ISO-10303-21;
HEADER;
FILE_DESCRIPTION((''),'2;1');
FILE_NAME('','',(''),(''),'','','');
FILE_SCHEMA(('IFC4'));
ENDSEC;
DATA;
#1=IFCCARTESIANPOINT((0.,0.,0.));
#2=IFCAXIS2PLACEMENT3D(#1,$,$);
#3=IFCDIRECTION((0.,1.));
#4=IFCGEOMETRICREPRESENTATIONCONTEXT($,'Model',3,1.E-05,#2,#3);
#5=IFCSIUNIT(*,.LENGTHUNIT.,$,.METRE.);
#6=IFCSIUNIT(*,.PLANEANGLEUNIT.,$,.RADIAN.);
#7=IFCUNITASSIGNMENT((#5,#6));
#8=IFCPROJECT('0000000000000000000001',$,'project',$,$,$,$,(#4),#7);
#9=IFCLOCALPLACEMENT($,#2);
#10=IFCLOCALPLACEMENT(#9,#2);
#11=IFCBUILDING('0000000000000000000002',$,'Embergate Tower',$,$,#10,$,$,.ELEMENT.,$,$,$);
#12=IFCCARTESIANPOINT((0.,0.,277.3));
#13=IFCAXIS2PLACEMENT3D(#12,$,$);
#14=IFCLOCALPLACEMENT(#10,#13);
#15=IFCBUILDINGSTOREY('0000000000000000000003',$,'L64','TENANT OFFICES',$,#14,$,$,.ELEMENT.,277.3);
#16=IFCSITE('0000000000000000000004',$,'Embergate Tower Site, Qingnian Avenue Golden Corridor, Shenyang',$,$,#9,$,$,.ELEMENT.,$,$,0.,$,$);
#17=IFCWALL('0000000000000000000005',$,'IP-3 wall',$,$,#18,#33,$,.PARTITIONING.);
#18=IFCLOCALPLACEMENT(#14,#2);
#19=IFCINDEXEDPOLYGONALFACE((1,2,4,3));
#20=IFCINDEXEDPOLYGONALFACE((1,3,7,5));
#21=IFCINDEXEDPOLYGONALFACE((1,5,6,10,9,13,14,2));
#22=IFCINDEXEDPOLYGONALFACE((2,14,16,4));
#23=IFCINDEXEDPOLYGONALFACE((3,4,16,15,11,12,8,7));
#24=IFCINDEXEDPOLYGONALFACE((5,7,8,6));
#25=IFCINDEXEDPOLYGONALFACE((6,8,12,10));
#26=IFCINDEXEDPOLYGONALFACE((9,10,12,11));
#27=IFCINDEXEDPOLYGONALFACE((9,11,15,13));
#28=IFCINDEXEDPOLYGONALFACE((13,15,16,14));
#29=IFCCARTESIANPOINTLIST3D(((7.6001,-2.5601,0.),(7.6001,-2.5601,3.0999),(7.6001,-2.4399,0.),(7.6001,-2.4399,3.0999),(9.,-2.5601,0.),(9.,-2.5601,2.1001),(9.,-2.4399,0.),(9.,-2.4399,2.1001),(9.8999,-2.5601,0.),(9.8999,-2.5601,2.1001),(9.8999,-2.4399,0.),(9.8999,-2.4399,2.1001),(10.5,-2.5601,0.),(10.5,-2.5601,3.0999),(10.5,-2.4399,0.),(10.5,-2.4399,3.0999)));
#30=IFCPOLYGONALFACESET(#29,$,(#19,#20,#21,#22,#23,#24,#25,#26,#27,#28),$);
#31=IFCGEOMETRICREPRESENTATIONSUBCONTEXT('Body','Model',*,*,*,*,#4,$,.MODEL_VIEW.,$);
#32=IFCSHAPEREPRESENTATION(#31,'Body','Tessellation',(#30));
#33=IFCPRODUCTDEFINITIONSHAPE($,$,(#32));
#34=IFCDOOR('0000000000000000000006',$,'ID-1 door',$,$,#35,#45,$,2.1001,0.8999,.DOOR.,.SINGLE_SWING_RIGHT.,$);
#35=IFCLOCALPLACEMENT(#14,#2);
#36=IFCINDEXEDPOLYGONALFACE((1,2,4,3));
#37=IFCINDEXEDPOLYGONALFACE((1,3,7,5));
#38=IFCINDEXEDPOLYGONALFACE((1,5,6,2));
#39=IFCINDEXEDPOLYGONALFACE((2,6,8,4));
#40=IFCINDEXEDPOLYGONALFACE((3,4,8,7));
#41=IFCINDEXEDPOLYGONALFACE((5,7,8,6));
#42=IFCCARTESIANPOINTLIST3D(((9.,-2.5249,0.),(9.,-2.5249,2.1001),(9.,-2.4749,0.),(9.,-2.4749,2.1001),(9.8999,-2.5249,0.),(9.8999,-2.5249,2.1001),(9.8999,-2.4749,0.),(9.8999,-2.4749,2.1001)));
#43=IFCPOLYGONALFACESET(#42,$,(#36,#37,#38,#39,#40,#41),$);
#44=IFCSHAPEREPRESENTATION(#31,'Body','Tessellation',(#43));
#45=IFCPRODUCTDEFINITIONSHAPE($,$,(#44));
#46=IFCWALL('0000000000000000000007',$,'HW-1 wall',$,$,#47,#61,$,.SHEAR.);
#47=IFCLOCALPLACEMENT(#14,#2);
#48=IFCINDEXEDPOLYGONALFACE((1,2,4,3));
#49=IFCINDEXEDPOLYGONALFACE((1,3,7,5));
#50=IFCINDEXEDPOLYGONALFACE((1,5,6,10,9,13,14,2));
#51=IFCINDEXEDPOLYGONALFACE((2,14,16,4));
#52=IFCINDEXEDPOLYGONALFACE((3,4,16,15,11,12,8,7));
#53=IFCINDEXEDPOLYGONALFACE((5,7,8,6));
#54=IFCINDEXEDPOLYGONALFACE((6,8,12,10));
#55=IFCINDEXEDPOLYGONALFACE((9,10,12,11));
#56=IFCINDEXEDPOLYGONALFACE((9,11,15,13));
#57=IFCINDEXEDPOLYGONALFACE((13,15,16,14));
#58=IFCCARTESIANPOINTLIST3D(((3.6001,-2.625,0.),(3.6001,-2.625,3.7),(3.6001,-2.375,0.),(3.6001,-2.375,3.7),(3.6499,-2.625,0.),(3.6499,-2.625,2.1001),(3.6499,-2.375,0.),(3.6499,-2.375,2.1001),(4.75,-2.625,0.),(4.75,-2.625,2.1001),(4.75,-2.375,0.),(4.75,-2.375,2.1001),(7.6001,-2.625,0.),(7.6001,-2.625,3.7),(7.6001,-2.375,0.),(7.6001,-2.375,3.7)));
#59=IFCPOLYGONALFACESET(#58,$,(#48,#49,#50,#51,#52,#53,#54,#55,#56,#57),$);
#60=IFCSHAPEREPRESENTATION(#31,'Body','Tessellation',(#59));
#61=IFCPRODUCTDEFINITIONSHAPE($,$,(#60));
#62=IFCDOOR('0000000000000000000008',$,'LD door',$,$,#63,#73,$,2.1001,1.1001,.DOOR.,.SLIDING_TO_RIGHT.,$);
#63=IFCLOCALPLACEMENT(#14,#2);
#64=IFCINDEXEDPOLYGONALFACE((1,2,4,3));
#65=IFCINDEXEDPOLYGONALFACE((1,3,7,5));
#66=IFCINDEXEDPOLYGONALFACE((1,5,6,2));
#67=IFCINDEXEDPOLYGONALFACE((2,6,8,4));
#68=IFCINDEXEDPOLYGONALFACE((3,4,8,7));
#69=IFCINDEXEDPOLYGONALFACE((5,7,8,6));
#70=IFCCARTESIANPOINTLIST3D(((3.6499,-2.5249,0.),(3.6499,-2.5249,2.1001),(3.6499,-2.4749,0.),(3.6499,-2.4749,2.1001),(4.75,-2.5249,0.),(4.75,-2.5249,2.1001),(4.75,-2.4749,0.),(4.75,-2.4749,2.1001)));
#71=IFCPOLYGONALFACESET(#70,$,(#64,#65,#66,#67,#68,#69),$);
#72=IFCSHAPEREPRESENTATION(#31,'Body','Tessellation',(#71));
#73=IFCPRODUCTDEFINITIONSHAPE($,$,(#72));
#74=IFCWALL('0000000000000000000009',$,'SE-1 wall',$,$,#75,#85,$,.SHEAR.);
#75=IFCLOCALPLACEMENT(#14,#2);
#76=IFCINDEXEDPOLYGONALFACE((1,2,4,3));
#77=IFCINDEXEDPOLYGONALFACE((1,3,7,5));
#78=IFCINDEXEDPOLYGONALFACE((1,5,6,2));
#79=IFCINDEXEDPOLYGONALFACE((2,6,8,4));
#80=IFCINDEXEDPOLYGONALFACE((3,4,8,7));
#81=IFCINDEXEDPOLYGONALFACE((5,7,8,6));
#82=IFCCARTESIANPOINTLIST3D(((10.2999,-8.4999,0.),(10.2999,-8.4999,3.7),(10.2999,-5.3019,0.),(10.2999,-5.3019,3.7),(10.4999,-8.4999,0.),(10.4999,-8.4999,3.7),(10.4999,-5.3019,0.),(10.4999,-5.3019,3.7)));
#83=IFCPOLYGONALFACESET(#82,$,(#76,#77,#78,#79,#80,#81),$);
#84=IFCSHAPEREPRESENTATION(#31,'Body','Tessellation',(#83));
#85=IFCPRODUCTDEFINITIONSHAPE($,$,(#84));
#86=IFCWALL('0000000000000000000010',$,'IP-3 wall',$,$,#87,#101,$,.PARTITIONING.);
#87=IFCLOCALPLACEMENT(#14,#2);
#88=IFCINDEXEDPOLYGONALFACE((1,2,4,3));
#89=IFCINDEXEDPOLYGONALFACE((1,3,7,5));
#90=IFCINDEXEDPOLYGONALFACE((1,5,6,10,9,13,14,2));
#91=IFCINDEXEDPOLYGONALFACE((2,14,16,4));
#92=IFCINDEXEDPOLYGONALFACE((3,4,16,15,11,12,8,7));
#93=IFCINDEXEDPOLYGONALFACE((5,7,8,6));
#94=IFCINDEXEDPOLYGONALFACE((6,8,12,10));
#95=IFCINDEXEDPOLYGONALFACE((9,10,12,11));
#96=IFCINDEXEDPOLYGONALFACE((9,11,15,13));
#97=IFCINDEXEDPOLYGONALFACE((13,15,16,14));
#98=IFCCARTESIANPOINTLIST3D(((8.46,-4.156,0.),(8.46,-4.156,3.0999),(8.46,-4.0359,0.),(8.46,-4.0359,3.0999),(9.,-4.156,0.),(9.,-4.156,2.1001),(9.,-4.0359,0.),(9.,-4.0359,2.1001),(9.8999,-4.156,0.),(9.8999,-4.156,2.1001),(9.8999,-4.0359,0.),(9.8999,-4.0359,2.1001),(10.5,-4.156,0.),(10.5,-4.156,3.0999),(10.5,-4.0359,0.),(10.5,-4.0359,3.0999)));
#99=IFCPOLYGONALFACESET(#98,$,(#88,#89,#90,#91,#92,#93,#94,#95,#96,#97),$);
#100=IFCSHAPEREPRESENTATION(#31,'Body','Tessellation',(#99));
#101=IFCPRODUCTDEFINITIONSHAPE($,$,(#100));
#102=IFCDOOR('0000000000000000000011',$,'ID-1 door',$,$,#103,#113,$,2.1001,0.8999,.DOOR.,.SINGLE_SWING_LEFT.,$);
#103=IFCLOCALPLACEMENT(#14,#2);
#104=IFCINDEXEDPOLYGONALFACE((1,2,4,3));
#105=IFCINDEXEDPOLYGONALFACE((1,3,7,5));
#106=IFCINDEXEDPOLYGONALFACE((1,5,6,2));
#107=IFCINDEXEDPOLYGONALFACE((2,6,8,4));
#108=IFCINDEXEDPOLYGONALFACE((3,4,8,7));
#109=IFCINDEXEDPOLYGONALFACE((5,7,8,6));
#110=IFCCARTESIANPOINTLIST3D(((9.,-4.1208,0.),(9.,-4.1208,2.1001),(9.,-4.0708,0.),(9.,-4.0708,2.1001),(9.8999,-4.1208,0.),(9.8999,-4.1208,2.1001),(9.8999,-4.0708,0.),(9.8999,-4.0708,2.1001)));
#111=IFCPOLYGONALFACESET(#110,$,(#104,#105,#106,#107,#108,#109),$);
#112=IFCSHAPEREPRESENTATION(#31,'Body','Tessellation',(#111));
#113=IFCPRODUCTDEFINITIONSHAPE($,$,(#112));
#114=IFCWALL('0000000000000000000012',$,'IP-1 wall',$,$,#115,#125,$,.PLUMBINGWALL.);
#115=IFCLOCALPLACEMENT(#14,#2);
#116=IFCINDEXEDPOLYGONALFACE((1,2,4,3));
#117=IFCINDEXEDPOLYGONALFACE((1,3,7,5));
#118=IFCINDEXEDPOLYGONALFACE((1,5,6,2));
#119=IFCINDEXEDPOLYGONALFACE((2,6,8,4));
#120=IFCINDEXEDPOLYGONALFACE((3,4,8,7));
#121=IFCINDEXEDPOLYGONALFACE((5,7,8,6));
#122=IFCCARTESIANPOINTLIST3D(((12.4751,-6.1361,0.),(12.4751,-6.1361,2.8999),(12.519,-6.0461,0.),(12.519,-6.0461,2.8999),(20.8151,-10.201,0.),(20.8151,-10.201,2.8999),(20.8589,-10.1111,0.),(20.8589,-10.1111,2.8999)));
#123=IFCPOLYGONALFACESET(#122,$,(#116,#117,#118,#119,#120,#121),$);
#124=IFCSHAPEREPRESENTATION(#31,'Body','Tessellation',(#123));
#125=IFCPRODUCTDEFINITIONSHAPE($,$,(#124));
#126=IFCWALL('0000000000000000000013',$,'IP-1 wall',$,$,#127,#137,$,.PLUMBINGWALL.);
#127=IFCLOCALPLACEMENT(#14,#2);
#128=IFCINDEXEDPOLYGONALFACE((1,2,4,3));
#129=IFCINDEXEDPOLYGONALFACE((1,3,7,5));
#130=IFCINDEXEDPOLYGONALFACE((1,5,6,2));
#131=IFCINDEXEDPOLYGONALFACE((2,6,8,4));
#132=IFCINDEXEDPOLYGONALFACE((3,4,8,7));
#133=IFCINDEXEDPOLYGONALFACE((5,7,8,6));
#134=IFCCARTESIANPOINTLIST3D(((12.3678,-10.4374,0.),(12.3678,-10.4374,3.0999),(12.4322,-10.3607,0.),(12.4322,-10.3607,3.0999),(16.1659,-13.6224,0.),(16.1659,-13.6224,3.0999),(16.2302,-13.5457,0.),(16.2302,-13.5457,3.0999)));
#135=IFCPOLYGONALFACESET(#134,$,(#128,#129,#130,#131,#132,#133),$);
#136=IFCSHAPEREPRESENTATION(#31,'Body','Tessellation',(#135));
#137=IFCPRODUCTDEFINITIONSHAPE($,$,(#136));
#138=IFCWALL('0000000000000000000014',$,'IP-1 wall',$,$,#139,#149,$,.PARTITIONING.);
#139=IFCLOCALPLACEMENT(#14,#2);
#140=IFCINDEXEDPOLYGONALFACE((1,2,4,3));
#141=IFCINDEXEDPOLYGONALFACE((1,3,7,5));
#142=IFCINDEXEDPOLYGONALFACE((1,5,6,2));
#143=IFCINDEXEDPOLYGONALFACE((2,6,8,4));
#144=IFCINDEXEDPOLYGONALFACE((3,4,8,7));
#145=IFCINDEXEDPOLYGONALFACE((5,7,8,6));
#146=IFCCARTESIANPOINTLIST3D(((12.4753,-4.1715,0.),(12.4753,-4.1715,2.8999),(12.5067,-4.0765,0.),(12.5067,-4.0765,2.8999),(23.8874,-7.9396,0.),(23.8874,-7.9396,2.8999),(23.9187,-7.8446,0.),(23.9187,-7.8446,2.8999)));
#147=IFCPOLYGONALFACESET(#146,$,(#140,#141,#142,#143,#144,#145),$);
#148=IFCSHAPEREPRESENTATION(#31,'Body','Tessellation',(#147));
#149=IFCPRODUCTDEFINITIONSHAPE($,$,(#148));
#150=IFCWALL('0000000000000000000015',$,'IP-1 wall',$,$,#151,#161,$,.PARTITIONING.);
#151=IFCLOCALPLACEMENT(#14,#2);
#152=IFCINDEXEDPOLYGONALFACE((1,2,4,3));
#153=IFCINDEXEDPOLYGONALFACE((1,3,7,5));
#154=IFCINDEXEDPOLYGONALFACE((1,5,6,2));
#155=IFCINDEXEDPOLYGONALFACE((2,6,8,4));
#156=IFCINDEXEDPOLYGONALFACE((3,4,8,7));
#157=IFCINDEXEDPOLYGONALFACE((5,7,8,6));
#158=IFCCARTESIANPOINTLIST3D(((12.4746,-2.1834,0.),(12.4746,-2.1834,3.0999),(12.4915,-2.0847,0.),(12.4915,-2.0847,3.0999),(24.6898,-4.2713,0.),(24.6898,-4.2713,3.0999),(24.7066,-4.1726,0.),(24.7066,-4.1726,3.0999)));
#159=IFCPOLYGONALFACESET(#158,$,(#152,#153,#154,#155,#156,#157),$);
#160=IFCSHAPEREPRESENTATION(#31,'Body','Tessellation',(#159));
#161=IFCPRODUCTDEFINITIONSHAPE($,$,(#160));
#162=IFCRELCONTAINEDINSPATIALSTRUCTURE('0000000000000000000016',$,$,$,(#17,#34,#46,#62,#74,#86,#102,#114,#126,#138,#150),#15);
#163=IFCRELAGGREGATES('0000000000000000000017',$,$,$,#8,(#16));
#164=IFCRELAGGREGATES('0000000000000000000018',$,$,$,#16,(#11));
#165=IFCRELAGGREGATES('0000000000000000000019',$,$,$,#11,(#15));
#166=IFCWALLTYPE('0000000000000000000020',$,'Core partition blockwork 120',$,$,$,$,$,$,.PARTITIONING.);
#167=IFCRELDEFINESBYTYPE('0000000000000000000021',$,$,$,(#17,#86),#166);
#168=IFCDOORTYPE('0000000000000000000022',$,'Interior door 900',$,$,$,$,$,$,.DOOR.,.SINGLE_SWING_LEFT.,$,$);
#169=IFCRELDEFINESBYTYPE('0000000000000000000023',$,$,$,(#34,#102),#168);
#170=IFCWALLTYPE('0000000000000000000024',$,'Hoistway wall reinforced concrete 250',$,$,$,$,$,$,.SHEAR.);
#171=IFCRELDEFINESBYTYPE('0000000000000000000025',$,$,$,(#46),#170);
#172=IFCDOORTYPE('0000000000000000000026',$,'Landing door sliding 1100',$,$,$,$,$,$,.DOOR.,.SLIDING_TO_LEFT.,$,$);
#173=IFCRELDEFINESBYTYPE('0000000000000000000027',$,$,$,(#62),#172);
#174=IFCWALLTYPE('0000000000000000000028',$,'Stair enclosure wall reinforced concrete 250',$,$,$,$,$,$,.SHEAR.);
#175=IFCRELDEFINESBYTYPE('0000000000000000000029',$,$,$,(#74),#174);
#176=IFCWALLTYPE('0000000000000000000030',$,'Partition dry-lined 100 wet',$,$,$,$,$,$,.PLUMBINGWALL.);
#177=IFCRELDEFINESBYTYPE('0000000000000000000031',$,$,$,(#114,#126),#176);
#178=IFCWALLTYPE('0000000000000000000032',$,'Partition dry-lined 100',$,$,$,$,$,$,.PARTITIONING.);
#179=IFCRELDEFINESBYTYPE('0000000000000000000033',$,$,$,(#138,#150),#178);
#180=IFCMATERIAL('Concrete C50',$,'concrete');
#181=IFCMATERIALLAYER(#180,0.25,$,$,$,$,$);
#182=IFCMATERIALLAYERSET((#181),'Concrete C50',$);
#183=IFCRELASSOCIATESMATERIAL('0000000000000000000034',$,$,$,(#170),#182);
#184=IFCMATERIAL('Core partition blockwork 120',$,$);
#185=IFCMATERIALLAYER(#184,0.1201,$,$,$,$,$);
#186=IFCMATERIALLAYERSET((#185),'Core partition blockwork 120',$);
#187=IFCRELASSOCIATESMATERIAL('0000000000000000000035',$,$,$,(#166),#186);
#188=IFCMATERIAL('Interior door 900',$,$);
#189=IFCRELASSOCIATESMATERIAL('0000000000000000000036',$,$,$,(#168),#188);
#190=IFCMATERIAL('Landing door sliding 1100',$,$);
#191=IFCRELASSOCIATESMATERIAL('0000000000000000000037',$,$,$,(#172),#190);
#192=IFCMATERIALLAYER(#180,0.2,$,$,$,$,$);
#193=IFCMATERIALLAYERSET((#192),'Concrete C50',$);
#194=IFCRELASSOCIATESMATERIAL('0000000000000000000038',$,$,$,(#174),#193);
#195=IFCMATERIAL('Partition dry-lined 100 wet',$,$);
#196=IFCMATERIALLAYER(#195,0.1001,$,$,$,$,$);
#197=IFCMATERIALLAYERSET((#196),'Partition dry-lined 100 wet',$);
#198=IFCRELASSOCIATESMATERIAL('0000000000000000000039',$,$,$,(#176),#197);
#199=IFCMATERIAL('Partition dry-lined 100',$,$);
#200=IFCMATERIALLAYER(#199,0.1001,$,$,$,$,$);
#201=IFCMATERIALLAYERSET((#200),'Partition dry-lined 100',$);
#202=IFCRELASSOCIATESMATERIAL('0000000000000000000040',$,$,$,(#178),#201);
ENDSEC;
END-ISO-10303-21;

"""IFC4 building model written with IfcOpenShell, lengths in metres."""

from ifc_helpers import new_model, si_unit, direction, frame, frame_2d, origin, place, context, subcontext, project, spatial, rectangle, extrude, source, transform, mapped, material, layer, layer_set, type_object, element, fill, save


model = new_model("IFC4")

# Units and contexts
model_context = context("Model", 3, precision=1e-05, world=origin(), true_north=direction((0.0, 1.0)))
body_context = subcontext(model_context, "Body", "Model", "MODEL_VIEW")
ifc_project = project(units=[si_unit("LENGTHUNIT", "METRE"), si_unit("PLANEANGLEUNIT", "RADIAN")], contexts=[model_context])

# Site, building, storey
site_placement = place(None, origin())
site = spatial("IfcSite", under=ifc_project, at=site_placement, Name="Embergate Tower Site, Qingnian Avenue Golden Corridor, Shenyang", CompositionType="ELEMENT", RefElevation=0.0)
building_placement = place(site_placement, origin())
building = spatial("IfcBuilding", under=site, at=building_placement, Name="Embergate Tower", CompositionType="ELEMENT")
storey_placement = place(building_placement, frame((0.0, 0.0, 277.3)))
storey = spatial("IfcBuildingStorey", under=building, at=storey_placement, Name="L64", Description="TENANT OFFICES", CompositionType="ELEMENT", Elevation=277.3)

# Shared definitions
ifc_material_1 = material(Name="Concrete C50", Category="concrete")

# Shared definitions
ifc_layer_1 = layer(ifc_material_1, 0.25)
ifc_layer_set_1 = layer_set([ifc_layer_1], Name="Concrete C50")
wall_type_1 = type_object("IfcWallType", Name="Hoistway wall reinforced concrete 250", PredefinedType="SHEAR", material=ifc_layer_set_1)

# Walls, openings, doors
ifc_material_2 = material(Name="Core partition blockwork 120")
ifc_layer_2 = layer(ifc_material_2, 0.1201)
ifc_layer_set_2 = layer_set([ifc_layer_2], Name="Core partition blockwork 120")
wall_type_2 = type_object("IfcWallType", Name="Core partition blockwork 120", PredefinedType="PARTITIONING", material=ifc_layer_set_2)
shared_shape_1 = source(origin(), body_context, "Body", "SweptSolid", [
    extrude(rectangle(XDim=0.8999, YDim=2.1001, at=frame_2d((0.45, 1.05))), frame((0.0, 0.0701, 0.0), z_axis=(0.0, -1.0, 0.0), x_axis=(1.0, 0.0, 0.0)), (0.0, 0.0, 1.0), 0.1401),
])
ifc_material_3 = material(Name="Interior door 900")
door_type_1 = type_object("IfcDoorType", Name="Interior door 900", OperationType="SINGLE_SWING_LEFT", PredefinedType="DOOR", material=ifc_material_3)
shared_shape_2 = source(origin(), body_context, "Body", "SweptSolid", [
    extrude(rectangle(XDim=0.8999, YDim=2.1001, at=frame_2d((0.45, 1.05))), frame((0.0, 0.0249, 0.0), z_axis=(0.0, -1.0, 0.0), x_axis=(1.0, 0.0, 0.0)), (0.0, 0.0, 1.0), 0.05),
])
shared_shape_3 = source(origin(), body_context, "Body", "SweptSolid", [
    extrude(rectangle(XDim=2.8999, YDim=0.1201, at=frame_2d((1.45, 0.0))), origin(), (0.0, 0.0, 1.0), 3.0999),
])
wall_1_placement = place(storey_placement, frame((10.5, -2.5, 0.0), z_axis=(0.0, 0.0, 1.0), x_axis=(-1.0, 0.0, 0.0)))
wall_1 = element("IfcWall", 1, at=wall_1_placement, inside=storey, type_object=wall_type_2, Name="IP-3 wall", PredefinedType="PARTITIONING", context=body_context, shape_type="MappedRepresentation", body=[
    mapped(shared_shape_3, transform((0.0, 0.0, 0.0))),
])
opening_1_placement = place(wall_1_placement, frame((0.6001, 0.0, 0.0)))
opening_1 = element("IfcOpeningElement", 2, at=opening_1_placement, cuts=wall_1, PredefinedType="OPENING", context=body_context, shape_type="MappedRepresentation", body=[
    mapped(shared_shape_1, transform((0.0, 0.0, 0.0))),
])
door_1_placement = place(opening_1_placement, origin())
door_1 = element("IfcDoor", 3, at=door_1_placement, inside=storey, type_object=door_type_1, Name="ID-1 door", OperationType="SINGLE_SWING_RIGHT", OverallHeight=2.1001, OverallWidth=0.8999, PredefinedType="DOOR", context=body_context, shape_type="MappedRepresentation", body=[
    mapped(shared_shape_2, transform((0.0, 0.0, 0.0))),
])
fill(opening_1, door_1)
shared_shape_4 = source(origin(), body_context, "Body", "SweptSolid", [
    extrude(rectangle(XDim=4.0, YDim=0.25, at=frame_2d((2.0, 0.0))), origin(), (0.0, 0.0, 1.0), 3.7),
])
wall_2_placement = place(storey_placement, frame((7.6001, -2.5, 0.0), z_axis=(0.0, 0.0, 1.0), x_axis=(-1.0, 0.0, 0.0)))
wall_2 = element("IfcWall", 4, at=wall_2_placement, inside=storey, type_object=wall_type_1, Name="HW-1 wall", PredefinedType="SHEAR", context=body_context, shape_type="MappedRepresentation", body=[
    mapped(shared_shape_4, transform((0.0, 0.0, 0.0))),
])
shared_shape_5 = source(origin(), body_context, "Body", "SweptSolid", [
    extrude(rectangle(XDim=1.1001, YDim=2.1001, at=frame_2d((0.55, 1.05))), frame((0.0, 0.135, 0.0), z_axis=(0.0, -1.0, 0.0), x_axis=(1.0, 0.0, 0.0)), (0.0, 0.0, 1.0), 0.27),
])
opening_2_placement = place(wall_2_placement, frame((2.8501, 0.0, 0.0)))
opening_2 = element("IfcOpeningElement", 5, at=opening_2_placement, cuts=wall_2, PredefinedType="OPENING", context=body_context, shape_type="MappedRepresentation", body=[
    mapped(shared_shape_5, transform((0.0, 0.0, 0.0))),
])
ifc_material_4 = material(Name="Landing door sliding 1100")
door_type_2 = type_object("IfcDoorType", Name="Landing door sliding 1100", OperationType="SLIDING_TO_LEFT", PredefinedType="DOOR", material=ifc_material_4)
shared_shape_6 = source(origin(), body_context, "Body", "SweptSolid", [
    extrude(rectangle(XDim=1.1001, YDim=2.1001, at=frame_2d((0.55, 1.05))), frame((0.0, 0.0249, 0.0), z_axis=(0.0, -1.0, 0.0), x_axis=(1.0, 0.0, 0.0)), (0.0, 0.0, 1.0), 0.05),
])
door_2_placement = place(opening_2_placement, origin())
door_2 = element("IfcDoor", 6, at=door_2_placement, inside=storey, type_object=door_type_2, Name="LD door", OperationType="SLIDING_TO_RIGHT", OverallHeight=2.1001, OverallWidth=1.1001, PredefinedType="DOOR", context=body_context, shape_type="MappedRepresentation", body=[
    mapped(shared_shape_6, transform((0.0, 0.0, 0.0))),
])
fill(opening_2, door_2)

# Wall
ifc_layer_3 = layer(ifc_material_1, 0.2)
ifc_layer_set_3 = layer_set([ifc_layer_3], Name="Concrete C50")
wall_type_3 = type_object("IfcWallType", Name="Stair enclosure wall reinforced concrete 250", PredefinedType="SHEAR", material=ifc_layer_set_3)
shared_shape_7 = source(origin(), body_context, "Body", "SweptSolid", [
    extrude(rectangle(XDim=3.198, YDim=0.2, at=frame_2d((1.5991, 0.0))), origin(), (0.0, 0.0, 1.0), 3.7),
])
wall_3_placement = place(storey_placement, frame((10.3999, -8.5, 0.0), z_axis=(0.0, 0.0, 1.0), x_axis=(0.0, 1.0, 0.0)))
element("IfcWall", 7, at=wall_3_placement, inside=storey, type_object=wall_type_3, Name="SE-1 wall", PredefinedType="SHEAR", context=body_context, shape_type="MappedRepresentation", body=[
    mapped(shared_shape_7, transform((0.0, 0.0, 0.0))),
])

# Wall, opening, door
shared_shape_8 = source(origin(), body_context, "Body", "SweptSolid", [
    extrude(rectangle(XDim=2.04, YDim=0.1201, at=frame_2d((1.02, 0.0))), origin(), (0.0, 0.0, 1.0), 3.0999),
])
wall_4_placement = place(storey_placement, frame((10.5, -4.0959, 0.0), z_axis=(0.0, 0.0, 1.0), x_axis=(-1.0, 0.0, 0.0)))
wall_4 = element("IfcWall", 8, at=wall_4_placement, inside=storey, type_object=wall_type_2, Name="IP-3 wall", PredefinedType="PARTITIONING", context=body_context, shape_type="MappedRepresentation", body=[
    mapped(shared_shape_8, transform((0.0, 0.0, 0.0))),
])
opening_3_placement = place(wall_4_placement, frame((0.6001, 0.0, 0.0)))
opening_3 = element("IfcOpeningElement", 9, at=opening_3_placement, cuts=wall_4, PredefinedType="OPENING", context=body_context, shape_type="MappedRepresentation", body=[
    mapped(shared_shape_1, transform((0.0, 0.0, 0.0))),
])
door_3_placement = place(opening_3_placement, origin())
door_3 = element("IfcDoor", 10, at=door_3_placement, inside=storey, type_object=door_type_1, Name="ID-1 door", OperationType="SINGLE_SWING_LEFT", OverallHeight=2.1001, OverallWidth=0.8999, PredefinedType="DOOR", context=body_context, shape_type="MappedRepresentation", body=[
    mapped(shared_shape_2, transform((0.0, 0.0, 0.0))),
])
fill(opening_3, door_3)

# Walls
ifc_material_5 = material(Name="Partition dry-lined 100 wet")
ifc_layer_4 = layer(ifc_material_5, 0.1001)
ifc_layer_set_4 = layer_set([ifc_layer_4], Name="Partition dry-lined 100 wet")
wall_type_4 = type_object("IfcWallType", Name="Partition dry-lined 100 wet", PredefinedType="PLUMBINGWALL", material=ifc_layer_set_4)
shared_shape_9 = source(origin(), body_context, "Body", "SweptSolid", [
    extrude(rectangle(XDim=9.2778, YDim=0.1001, at=frame_2d((4.6389, 0.0))), origin(), (0.0, 0.0, 1.0), 2.8999),
])
wall_5_placement = place(storey_placement, frame((12.4971, -6.0911, 0.0), z_axis=(0.0, 0.0, 1.0), x_axis=(0.898907, -0.438138, 0.0)))
element("IfcWall", 11, at=wall_5_placement, inside=storey, type_object=wall_type_4, Name="IP-1 wall", PredefinedType="PLUMBINGWALL", context=body_context, shape_type="MappedRepresentation", body=[
    mapped(shared_shape_9, transform((0.0, 0.0, 0.0))),
])
shared_shape_10 = source(origin(), body_context, "Body", "SweptSolid", [
    extrude(rectangle(XDim=4.9568, YDim=0.1001, at=frame_2d((2.4785, 0.0))), origin(), (0.0, 0.0, 1.0), 3.0999),
])
wall_6_placement = place(storey_placement, frame((12.3999, -10.3989, 0.0), z_axis=(0.0, 0.0, 1.0), x_axis=(0.766235, -0.64256, 0.0)))
element("IfcWall", 12, at=wall_6_placement, inside=storey, type_object=wall_type_4, Name="IP-1 wall", PredefinedType="PLUMBINGWALL", context=body_context, shape_type="MappedRepresentation", body=[
    mapped(shared_shape_10, transform((0.0, 0.0, 0.0))),
])
ifc_material_6 = material(Name="Partition dry-lined 100")
ifc_layer_5 = layer(ifc_material_6, 0.1001)
ifc_layer_set_5 = layer_set([ifc_layer_5], Name="Partition dry-lined 100")
wall_type_5 = type_object("IfcWallType", Name="Partition dry-lined 100", PredefinedType="PARTITIONING", material=ifc_layer_set_5)
shared_shape_11 = source(origin(), body_context, "Body", "SweptSolid", [
    extrude(rectangle(XDim=12.0181, YDim=0.1001, at=frame_2d((6.009, 0.0))), origin(), (0.0, 0.0, 1.0), 2.8999),
])
wall_7_placement = place(storey_placement, frame((12.491, -4.124, 0.0), z_axis=(0.0, 0.0, 1.0), x_axis=(0.949577, -0.313533, 0.0)))
element("IfcWall", 13, at=wall_7_placement, inside=storey, type_object=wall_type_5, Name="IP-1 wall", PredefinedType="PARTITIONING", context=body_context, shape_type="MappedRepresentation", body=[
    mapped(shared_shape_11, transform((0.0, 0.0, 0.0))),
])
shared_shape_12 = source(origin(), body_context, "Body", "SweptSolid", [
    extrude(rectangle(XDim=12.3923, YDim=0.1001, at=frame_2d((6.1963, 0.0))), origin(), (0.0, 0.0, 1.0), 3.0999),
])
wall_8_placement = place(storey_placement, frame((12.4829, -2.134, 0.0), z_axis=(0.0, 0.0, 1.0), x_axis=(0.985704, -0.168484, 0.0)))
element("IfcWall", 14, at=wall_8_placement, inside=storey, type_object=wall_type_5, Name="IP-1 wall", PredefinedType="PARTITIONING", context=body_context, shape_type="MappedRepresentation", body=[
    mapped(shared_shape_12, transform((0.0, 0.0, 0.0))),
])

save(model, "model.ifc")
